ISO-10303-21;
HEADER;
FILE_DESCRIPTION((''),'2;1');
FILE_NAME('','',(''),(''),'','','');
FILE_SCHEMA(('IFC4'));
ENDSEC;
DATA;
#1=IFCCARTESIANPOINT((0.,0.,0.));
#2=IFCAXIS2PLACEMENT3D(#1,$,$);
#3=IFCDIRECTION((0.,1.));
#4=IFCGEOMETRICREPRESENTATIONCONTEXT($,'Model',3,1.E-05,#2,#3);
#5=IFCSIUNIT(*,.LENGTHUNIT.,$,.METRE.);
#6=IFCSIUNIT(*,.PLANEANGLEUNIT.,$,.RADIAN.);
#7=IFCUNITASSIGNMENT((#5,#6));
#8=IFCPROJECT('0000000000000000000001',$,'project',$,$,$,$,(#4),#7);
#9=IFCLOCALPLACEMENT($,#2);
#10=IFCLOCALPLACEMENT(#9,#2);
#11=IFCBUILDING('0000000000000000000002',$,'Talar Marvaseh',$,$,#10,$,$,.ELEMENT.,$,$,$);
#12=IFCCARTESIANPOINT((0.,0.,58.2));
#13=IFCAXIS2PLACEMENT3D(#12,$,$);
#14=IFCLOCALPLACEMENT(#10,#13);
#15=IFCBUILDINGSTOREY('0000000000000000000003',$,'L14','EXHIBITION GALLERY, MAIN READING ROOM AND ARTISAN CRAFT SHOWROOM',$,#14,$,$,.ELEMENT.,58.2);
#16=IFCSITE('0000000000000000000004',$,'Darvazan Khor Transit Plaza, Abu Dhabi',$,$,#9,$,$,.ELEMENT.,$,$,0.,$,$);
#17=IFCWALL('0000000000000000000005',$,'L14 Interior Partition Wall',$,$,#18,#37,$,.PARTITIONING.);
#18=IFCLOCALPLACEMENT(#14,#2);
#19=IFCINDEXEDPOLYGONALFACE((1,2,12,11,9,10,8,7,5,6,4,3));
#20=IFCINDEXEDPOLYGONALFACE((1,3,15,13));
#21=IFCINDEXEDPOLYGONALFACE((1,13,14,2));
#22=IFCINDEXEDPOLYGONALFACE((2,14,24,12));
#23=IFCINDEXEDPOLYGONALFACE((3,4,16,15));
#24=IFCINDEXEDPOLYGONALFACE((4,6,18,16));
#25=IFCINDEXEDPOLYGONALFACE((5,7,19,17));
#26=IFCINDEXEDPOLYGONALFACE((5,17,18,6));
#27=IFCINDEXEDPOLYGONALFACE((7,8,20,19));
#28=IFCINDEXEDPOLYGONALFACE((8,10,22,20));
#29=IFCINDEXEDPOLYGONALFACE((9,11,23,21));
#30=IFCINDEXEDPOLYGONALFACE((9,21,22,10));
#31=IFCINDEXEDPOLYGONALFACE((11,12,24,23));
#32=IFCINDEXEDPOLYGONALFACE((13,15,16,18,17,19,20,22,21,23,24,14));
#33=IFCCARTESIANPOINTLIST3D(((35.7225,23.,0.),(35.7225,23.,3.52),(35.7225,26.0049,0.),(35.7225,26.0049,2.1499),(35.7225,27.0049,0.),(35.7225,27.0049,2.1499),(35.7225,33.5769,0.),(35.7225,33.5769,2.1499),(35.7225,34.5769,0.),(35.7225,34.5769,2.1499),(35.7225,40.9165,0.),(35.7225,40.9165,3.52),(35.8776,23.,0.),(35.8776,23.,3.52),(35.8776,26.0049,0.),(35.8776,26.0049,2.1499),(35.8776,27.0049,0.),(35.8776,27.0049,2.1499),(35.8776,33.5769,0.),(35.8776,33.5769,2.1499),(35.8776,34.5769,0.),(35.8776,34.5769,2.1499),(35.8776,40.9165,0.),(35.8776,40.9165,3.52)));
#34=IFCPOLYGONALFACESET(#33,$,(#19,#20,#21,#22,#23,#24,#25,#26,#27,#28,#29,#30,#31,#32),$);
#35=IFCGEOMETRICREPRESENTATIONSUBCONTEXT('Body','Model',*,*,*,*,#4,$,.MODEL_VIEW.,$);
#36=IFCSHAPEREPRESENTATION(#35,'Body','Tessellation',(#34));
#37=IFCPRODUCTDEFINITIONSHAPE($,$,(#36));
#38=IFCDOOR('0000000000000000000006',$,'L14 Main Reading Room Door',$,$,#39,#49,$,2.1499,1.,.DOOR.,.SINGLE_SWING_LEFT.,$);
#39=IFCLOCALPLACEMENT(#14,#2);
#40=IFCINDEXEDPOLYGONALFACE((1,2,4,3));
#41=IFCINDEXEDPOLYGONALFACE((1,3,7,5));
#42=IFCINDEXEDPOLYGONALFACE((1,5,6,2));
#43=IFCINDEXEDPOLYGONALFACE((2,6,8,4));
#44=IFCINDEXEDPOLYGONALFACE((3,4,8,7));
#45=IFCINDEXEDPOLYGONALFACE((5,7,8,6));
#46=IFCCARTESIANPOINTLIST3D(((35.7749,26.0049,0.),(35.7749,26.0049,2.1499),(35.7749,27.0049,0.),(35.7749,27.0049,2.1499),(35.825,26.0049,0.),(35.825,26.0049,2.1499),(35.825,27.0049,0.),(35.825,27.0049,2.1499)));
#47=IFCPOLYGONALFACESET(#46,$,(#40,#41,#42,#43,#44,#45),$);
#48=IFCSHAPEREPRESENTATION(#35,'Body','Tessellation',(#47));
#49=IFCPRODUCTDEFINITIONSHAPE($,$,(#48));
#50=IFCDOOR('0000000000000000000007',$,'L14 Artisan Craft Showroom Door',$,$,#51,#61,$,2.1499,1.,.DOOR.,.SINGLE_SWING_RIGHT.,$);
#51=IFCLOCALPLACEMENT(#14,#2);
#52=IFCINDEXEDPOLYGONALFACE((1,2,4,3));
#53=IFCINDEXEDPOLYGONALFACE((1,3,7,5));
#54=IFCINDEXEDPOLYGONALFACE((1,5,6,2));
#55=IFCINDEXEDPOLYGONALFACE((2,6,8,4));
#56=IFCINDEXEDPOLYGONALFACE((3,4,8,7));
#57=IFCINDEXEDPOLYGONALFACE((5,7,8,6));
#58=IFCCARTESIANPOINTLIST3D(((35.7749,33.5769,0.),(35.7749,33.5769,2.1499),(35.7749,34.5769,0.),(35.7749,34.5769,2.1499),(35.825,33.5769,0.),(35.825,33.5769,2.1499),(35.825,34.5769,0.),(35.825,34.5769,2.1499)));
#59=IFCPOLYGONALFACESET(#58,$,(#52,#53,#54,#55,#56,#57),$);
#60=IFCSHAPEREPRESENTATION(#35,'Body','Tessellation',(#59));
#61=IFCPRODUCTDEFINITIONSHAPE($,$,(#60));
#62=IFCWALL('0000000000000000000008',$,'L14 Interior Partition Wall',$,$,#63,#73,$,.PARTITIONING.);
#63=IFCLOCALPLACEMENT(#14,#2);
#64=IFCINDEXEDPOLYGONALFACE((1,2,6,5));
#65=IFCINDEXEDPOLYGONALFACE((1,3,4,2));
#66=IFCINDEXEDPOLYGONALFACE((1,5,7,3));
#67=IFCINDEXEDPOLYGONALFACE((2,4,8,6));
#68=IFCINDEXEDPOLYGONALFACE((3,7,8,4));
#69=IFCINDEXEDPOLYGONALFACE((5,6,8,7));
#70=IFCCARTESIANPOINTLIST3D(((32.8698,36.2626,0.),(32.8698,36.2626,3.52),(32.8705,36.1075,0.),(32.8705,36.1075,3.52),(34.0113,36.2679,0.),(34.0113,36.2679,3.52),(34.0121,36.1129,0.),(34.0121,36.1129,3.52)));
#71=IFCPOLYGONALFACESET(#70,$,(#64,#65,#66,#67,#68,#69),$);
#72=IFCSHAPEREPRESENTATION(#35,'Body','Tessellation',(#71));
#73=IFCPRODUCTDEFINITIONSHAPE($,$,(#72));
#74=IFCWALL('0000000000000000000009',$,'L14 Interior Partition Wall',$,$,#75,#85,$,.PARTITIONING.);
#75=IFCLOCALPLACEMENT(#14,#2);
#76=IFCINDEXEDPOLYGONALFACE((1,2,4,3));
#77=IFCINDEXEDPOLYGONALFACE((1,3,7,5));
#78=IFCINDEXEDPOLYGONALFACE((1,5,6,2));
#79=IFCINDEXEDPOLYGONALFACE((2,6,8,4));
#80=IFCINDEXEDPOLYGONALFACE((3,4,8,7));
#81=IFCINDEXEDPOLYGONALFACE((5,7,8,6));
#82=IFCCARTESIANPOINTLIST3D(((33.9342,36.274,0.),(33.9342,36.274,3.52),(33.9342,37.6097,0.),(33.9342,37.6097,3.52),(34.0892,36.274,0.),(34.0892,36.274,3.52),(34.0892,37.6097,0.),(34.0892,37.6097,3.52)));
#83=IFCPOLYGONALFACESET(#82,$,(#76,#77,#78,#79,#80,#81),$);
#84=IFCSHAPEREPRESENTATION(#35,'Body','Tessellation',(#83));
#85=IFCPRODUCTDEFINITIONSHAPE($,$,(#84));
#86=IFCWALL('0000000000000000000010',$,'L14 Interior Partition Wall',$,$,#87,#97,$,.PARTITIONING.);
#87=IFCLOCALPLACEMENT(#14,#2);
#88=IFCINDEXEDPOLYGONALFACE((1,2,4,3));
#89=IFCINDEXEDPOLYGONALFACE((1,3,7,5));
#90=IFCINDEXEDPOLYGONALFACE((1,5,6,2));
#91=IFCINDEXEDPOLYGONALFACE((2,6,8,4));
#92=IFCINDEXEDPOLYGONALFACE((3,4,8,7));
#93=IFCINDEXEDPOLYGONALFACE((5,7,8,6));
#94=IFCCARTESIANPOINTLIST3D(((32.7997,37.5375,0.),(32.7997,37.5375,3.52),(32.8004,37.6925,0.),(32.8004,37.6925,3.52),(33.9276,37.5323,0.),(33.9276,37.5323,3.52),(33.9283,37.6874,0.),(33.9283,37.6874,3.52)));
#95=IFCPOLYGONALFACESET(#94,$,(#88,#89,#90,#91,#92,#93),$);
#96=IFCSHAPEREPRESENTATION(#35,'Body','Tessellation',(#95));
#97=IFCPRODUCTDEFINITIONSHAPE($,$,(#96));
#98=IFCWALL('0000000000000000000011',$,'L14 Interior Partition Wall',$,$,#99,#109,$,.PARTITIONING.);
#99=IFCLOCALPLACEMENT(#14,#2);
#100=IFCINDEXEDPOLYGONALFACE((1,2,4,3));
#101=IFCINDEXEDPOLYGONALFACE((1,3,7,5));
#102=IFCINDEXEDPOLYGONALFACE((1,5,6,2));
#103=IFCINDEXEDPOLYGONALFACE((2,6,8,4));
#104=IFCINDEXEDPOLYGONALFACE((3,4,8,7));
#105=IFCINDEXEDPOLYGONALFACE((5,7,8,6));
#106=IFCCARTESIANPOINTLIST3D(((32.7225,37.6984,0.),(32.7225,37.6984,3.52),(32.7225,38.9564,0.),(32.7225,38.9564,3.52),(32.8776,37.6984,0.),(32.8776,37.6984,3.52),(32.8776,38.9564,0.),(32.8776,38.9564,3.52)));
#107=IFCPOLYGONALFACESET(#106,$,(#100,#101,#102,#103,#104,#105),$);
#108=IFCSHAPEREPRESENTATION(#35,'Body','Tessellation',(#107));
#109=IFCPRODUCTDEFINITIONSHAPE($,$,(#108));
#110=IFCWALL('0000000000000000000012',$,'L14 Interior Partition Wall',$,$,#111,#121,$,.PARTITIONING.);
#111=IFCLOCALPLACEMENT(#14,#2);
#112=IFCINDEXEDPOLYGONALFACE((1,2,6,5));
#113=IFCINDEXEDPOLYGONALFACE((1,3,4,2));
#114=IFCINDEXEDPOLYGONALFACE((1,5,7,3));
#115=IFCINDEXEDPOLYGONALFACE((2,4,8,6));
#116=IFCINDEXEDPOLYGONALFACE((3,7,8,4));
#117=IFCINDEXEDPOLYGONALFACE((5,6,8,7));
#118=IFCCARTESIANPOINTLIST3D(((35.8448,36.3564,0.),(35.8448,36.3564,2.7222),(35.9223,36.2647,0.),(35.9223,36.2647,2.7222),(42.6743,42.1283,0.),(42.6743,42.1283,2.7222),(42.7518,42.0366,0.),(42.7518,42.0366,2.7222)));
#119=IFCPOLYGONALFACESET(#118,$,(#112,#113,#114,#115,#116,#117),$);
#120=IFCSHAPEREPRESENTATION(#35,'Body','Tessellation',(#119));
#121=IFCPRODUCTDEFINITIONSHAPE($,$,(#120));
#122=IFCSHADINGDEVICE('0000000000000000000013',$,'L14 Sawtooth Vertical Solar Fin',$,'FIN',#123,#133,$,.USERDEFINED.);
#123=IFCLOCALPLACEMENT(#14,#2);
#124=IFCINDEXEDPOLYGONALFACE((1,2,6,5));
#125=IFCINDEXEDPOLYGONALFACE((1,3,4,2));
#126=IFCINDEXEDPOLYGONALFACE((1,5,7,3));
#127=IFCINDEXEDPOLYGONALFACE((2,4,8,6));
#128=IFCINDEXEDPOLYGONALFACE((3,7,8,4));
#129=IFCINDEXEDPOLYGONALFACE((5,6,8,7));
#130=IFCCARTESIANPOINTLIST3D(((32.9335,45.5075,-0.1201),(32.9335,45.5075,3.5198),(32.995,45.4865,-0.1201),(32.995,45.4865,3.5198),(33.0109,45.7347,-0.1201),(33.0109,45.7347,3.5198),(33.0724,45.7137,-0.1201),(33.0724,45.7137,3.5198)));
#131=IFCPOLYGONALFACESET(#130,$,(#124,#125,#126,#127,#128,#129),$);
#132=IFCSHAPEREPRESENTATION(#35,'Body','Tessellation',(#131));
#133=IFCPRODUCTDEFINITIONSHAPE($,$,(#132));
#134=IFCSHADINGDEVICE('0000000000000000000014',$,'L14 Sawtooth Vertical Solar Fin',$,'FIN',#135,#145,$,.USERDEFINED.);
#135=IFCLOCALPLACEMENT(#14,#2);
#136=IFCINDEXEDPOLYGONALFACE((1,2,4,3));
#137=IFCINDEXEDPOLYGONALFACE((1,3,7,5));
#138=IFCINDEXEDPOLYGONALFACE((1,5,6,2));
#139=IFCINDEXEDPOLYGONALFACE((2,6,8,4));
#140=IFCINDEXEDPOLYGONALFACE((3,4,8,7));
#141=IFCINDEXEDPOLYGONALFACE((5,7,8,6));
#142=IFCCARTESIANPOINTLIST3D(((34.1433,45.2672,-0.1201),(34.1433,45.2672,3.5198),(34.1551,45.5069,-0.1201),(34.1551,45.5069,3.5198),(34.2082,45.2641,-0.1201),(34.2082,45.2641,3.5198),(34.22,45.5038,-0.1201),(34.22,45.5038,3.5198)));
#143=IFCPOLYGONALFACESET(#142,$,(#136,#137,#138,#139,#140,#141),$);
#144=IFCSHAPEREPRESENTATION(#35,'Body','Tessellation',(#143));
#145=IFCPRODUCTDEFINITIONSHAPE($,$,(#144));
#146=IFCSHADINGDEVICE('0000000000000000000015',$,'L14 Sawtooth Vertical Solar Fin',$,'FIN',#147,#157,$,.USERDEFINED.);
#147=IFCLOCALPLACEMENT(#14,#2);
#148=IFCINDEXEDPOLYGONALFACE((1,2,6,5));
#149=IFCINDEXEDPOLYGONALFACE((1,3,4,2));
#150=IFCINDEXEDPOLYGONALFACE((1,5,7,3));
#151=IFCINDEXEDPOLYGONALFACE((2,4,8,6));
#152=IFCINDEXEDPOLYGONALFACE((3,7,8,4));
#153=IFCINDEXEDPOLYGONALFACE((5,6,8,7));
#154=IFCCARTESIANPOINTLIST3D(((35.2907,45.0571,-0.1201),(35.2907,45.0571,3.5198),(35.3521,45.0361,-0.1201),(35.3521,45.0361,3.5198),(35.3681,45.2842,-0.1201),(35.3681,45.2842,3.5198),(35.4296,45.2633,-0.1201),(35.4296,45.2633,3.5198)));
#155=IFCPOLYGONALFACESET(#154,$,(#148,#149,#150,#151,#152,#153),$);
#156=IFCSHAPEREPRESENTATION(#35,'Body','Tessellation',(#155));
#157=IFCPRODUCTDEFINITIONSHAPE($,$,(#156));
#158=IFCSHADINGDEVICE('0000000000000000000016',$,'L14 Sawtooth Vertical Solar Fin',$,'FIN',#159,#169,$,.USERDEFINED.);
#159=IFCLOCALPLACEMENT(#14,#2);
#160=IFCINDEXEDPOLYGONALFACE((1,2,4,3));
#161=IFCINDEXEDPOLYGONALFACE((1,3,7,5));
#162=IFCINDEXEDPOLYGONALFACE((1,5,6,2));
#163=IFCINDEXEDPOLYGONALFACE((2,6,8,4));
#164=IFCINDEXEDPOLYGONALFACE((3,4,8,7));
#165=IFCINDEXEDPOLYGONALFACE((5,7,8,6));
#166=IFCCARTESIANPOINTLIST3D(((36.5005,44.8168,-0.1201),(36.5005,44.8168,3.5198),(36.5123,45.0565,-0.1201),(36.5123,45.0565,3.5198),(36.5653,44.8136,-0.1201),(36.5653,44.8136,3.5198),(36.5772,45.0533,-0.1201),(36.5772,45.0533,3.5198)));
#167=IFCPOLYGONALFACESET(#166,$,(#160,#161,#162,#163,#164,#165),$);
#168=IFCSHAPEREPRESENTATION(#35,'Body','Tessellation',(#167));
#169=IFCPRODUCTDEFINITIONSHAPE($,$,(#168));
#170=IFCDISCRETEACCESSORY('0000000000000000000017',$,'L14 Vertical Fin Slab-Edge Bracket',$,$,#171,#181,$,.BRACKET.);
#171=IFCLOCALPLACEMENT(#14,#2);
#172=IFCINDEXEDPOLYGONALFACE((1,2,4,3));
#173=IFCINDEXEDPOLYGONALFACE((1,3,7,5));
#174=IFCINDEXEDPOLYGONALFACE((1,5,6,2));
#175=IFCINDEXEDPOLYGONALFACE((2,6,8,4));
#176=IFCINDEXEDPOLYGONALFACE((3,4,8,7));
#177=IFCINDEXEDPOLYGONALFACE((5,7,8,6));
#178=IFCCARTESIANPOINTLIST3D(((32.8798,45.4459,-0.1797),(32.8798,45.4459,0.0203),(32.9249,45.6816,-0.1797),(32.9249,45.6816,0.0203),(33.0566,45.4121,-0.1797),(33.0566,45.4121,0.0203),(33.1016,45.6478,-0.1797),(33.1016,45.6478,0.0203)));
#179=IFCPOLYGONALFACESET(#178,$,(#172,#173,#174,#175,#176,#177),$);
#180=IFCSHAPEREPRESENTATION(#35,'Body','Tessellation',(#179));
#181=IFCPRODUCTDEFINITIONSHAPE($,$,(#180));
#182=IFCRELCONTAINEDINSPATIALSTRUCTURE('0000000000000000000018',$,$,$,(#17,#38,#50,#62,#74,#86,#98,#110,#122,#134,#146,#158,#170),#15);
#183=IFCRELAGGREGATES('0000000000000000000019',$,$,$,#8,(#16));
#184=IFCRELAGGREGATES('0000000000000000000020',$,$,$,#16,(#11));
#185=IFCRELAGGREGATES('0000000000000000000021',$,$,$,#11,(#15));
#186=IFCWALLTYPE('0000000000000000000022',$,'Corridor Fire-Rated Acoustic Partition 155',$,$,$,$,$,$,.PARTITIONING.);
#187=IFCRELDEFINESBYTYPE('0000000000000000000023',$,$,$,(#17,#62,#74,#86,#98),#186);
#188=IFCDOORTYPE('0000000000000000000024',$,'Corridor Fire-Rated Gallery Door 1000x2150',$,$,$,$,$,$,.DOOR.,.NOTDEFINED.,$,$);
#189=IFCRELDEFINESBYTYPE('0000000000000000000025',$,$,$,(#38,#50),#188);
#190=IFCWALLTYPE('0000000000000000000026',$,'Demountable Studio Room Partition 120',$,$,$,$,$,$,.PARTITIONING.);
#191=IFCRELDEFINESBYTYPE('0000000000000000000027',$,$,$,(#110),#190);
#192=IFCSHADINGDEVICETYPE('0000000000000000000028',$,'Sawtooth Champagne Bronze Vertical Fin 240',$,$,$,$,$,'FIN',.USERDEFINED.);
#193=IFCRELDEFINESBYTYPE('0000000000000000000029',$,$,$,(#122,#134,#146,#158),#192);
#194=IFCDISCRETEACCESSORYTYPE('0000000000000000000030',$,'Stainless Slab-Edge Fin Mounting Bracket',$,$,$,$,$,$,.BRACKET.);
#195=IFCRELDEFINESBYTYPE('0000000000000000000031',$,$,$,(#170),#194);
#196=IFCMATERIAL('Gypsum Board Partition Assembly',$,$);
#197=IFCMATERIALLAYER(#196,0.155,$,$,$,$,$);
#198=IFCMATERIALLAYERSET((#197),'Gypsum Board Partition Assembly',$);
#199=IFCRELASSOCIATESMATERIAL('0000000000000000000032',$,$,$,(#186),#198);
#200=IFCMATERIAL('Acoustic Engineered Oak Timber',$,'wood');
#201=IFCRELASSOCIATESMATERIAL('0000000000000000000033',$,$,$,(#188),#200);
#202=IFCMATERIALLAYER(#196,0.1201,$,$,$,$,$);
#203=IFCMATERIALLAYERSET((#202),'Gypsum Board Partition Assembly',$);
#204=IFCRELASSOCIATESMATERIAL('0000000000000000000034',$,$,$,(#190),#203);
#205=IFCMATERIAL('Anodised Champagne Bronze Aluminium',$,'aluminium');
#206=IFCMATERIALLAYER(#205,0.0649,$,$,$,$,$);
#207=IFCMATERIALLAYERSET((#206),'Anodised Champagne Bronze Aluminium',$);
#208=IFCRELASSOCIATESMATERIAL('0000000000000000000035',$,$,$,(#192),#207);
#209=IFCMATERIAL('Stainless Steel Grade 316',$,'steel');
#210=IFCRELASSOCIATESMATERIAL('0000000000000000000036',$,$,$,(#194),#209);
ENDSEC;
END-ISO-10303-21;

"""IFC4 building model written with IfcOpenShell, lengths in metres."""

from ifc_helpers import new_model, si_unit, direction, frame, frame_2d, origin, origin_2d, place, context, subcontext, project, spatial, rectangle, extrude, source, transform, mapped, material, layer, layer_set, type_object, type_shapes, element, fill, save


model = new_model("IFC4")

# Units and contexts
model_context = context("Model", 3, precision=1e-05, world=origin(), true_north=direction((0.0, 1.0)))
body_context = subcontext(model_context, "Body", "Model", "MODEL_VIEW")
ifc_project = project(units=[si_unit("LENGTHUNIT", "METRE"), si_unit("PLANEANGLEUNIT", "RADIAN")], contexts=[model_context])

# Site, building, storey
site_placement = place(None, origin())
site = spatial("IfcSite", under=ifc_project, at=site_placement, Name="Darvazan Khor Transit Plaza, Abu Dhabi", CompositionType="ELEMENT", RefElevation=0.0)
building_placement = place(site_placement, origin())
building = spatial("IfcBuilding", under=site, at=building_placement, Name="Talar Marvaseh", CompositionType="ELEMENT")
storey_placement = place(building_placement, frame((0.0, 0.0, 58.2)))
storey = spatial("IfcBuildingStorey", under=building, at=storey_placement, Name="L14", Description="EXHIBITION GALLERY, MAIN READING ROOM AND ARTISAN CRAFT SHOWROOM", CompositionType="ELEMENT", Elevation=58.2)

# Wall, openings, doors
ifc_material_1 = material(Name="Gypsum Board Partition Assembly")
ifc_layer_1 = layer(ifc_material_1, 0.155)
ifc_layer_set_1 = layer_set([ifc_layer_1], Name="Gypsum Board Partition Assembly")
wall_type_1 = type_object("IfcWallType", Name="Corridor Fire-Rated Acoustic Partition 155", PredefinedType="PARTITIONING", material=ifc_layer_set_1)
ifc_material_2 = material(Name="Acoustic Engineered Oak Timber", Category="wood")
door_type_1 = type_object("IfcDoorType", Name="Corridor Fire-Rated Gallery Door 1000x2150", OperationType="NOTDEFINED", PredefinedType="DOOR", material=ifc_material_2)
shared_shape_1 = source(origin(), body_context, "Body", "SweptSolid", [
    extrude(rectangle(XDim=1.0, YDim=2.1499, at=frame_2d((0.5, 1.075))), frame((0.0, 0.0249, 0.0), z_axis=(0.0, -1.0, 0.0), x_axis=(1.0, 0.0, 0.0)), (0.0, 0.0, 1.0), 0.05),
])
type_shapes(door_type_1, [shared_shape_1])
wall_1_placement = place(storey_placement, frame((35.8, 40.9165, 0.0), z_axis=(0.0, 0.0, 1.0), x_axis=(0.0, -1.0, 0.0)))
wall_1 = element("IfcWall", 1, at=wall_1_placement, inside=storey, type_object=wall_type_1, Name="L14 Interior Partition Wall", PredefinedType="PARTITIONING", context=body_context, shape_type="SweptSolid", body=[
    extrude(rectangle(XDim=17.9165, YDim=0.155, at=frame_2d((8.9583, 0.0))), origin(), (0.0, 0.0, 1.0), 3.52),
])
opening_1_placement = place(wall_1_placement, frame((13.9116, 0.0, 0.0)))
opening_1 = element("IfcOpeningElement", 2, at=opening_1_placement, cuts=wall_1, PredefinedType="OPENING", context=body_context, shape_type="SweptSolid", body=[
    extrude(rectangle(XDim=1.0, YDim=2.1499, at=frame_2d((0.5, 1.075))), frame((0.0, 0.0874, 0.0), z_axis=(0.0, -1.0, 0.0), x_axis=(1.0, 0.0, 0.0)), (0.0, 0.0, 1.0), 0.175),
])
opening_2_placement = place(wall_1_placement, frame((6.3396, 0.0, 0.0)))
opening_2 = element("IfcOpeningElement", 3, at=opening_2_placement, cuts=wall_1, PredefinedType="OPENING", context=body_context, shape_type="SweptSolid", body=[
    extrude(rectangle(XDim=1.0, YDim=2.1499, at=frame_2d((0.5, 1.075))), frame((0.0, 0.0874, 0.0), z_axis=(0.0, -1.0, 0.0), x_axis=(1.0, 0.0, 0.0)), (0.0, 0.0, 1.0), 0.175),
])
door_1_placement = place(opening_1_placement, origin())
door_1 = element("IfcDoor", 4, at=door_1_placement, inside=storey, type_object=door_type_1, Name="L14 Main Reading Room Door", OperationType="SINGLE_SWING_LEFT", OverallHeight=2.1499, OverallWidth=1.0, PredefinedType="DOOR", context=body_context, shape_type="MappedRepresentation", body=[
    mapped(shared_shape_1, transform((0.0, 0.0, 0.0), x_axis=(1.0, 0.0, 0.0), y_axis=(0.0, 1.0, 0.0), z_axis=(0.0, 0.0, 1.0), scale=1.0)),
])
fill(opening_1, door_1)
door_2_placement = place(opening_2_placement, origin())
door_2 = element("IfcDoor", 5, at=door_2_placement, inside=storey, type_object=door_type_1, Name="L14 Artisan Craft Showroom Door", OperationType="SINGLE_SWING_RIGHT", OverallHeight=2.1499, OverallWidth=1.0, PredefinedType="DOOR", context=body_context, shape_type="MappedRepresentation", body=[
    mapped(shared_shape_1, transform((0.0, 0.0, 0.0), x_axis=(1.0, 0.0, 0.0), y_axis=(0.0, 1.0, 0.0), z_axis=(0.0, 0.0, 1.0), scale=1.0)),
])
fill(opening_2, door_2)

# Walls
wall_2_placement = place(storey_placement, frame((32.8701, 36.1851, 0.0), z_axis=(0.0, 0.0, 1.0), x_axis=(0.999989, 0.004705, 0.0)))
element("IfcWall", 6, at=wall_2_placement, inside=storey, type_object=wall_type_1, Name="L14 Interior Partition Wall", PredefinedType="PARTITIONING", context=body_context, shape_type="SweptSolid", body=[
    extrude(rectangle(XDim=1.1416, YDim=0.155, at=frame_2d((0.5708, 0.0))), origin(), (0.0, 0.0, 1.0), 3.52),
])
wall_3_placement = place(storey_placement, frame((34.0117, 36.2739, 0.0), z_axis=(0.0, 0.0, 1.0), x_axis=(0.0, 1.0, 0.0)))
element("IfcWall", 7, at=wall_3_placement, inside=storey, type_object=wall_type_1, Name="L14 Interior Partition Wall", PredefinedType="PARTITIONING", context=body_context, shape_type="SweptSolid", body=[
    extrude(rectangle(XDim=1.3357, YDim=0.155, at=frame_2d((0.668, 0.0))), origin(), (0.0, 0.0, 1.0), 3.52),
])
wall_4_placement = place(storey_placement, frame((33.928, 37.6099, 0.0), z_axis=(0.0, 0.0, 1.0), x_axis=(-0.99999, 0.004545, 0.0)))
element("IfcWall", 8, at=wall_4_placement, inside=storey, type_object=wall_type_1, Name="L14 Interior Partition Wall", PredefinedType="PARTITIONING", context=body_context, shape_type="SweptSolid", body=[
    extrude(rectangle(XDim=1.1279, YDim=0.155, at=frame_2d((0.564, 0.0))), origin(), (0.0, 0.0, 1.0), 3.52),
])
wall_5_placement = place(storey_placement, frame((32.8, 37.6985, 0.0), z_axis=(0.0, 0.0, 1.0), x_axis=(0.0, 1.0, 0.0)))
element("IfcWall", 9, at=wall_5_placement, inside=storey, type_object=wall_type_1, Name="L14 Interior Partition Wall", PredefinedType="PARTITIONING", context=body_context, shape_type="SweptSolid", body=[
    extrude(rectangle(XDim=1.2581, YDim=0.155, at=frame_2d((0.6289, 0.0))), origin(), (0.0, 0.0, 1.0), 3.52),
])
ifc_layer_2 = layer(ifc_material_1, 0.1201)
ifc_layer_set_2 = layer_set([ifc_layer_2], Name="Gypsum Board Partition Assembly")
wall_type_2 = type_object("IfcWallType", Name="Demountable Studio Room Partition 120", PredefinedType="PARTITIONING", material=ifc_layer_set_2)
wall_6_placement = place(storey_placement, frame((35.8835, 36.3105, 0.0), z_axis=(0.0, 0.0, 1.0), x_axis=(0.763767, 0.645492, 0.0)))
element("IfcWall", 10, at=wall_6_placement, inside=storey, type_object=wall_type_2, Name="L14 Interior Partition Wall", PredefinedType="PARTITIONING", context=body_context, shape_type="SweptSolid", body=[
    extrude(rectangle(XDim=8.9419, YDim=0.1201, at=frame_2d((4.4709, 0.0))), origin(), (0.0, 0.0, 1.0), 2.7222),
])

# Shading devices
ifc_material_3 = material(Name="Anodised Champagne Bronze Aluminium", Category="aluminium")
ifc_layer_3 = layer(ifc_material_3, 0.0649)
ifc_layer_set_3 = layer_set([ifc_layer_3], Name="Anodised Champagne Bronze Aluminium")
shading_device_type = type_object("IfcShadingDeviceType", Name="Sawtooth Champagne Bronze Vertical Fin 240", ElementType="FIN", PredefinedType="USERDEFINED", material=ifc_layer_set_3)
shared_shape_2 = source(origin(), body_context, "Body", "SweptSolid", [
    extrude(rectangle(XDim=0.24, YDim=0.0649, at=origin_2d()), origin(), (0.0, 0.0, 1.0), 3.6399),
])
type_shapes(shading_device_type, [shared_shape_2])
for number, where, z_axis, x_axis, name in (
    (11, (33.0029, 45.6106, -0.1201), (0.0, 0.0, 1.0), (0.322596, 0.946537, 0.0), "L14 Sawtooth Vertical Solar Fin"),
    (12, (34.1816, 45.3855, -0.1201), (0.0, 0.0, 1.0), (0.049198, 0.998789, 0.0), "L14 Sawtooth Vertical Solar Fin"),
    (13, (35.3601, 45.1602, -0.1201), (0.0, 0.0, 1.0), (0.322596, 0.946537, 0.0), "L14 Sawtooth Vertical Solar Fin"),
    (14, (36.5388, 44.9351, -0.1201), (0.0, 0.0, 1.0), (0.049198, 0.998789, 0.0), "L14 Sawtooth Vertical Solar Fin"),
):
    element("IfcShadingDevice", number, at=place(storey_placement, frame(where, z_axis=z_axis, x_axis=x_axis)), inside=storey, type_object=shading_device_type, Name=name, ObjectType="FIN", PredefinedType="USERDEFINED", context=body_context, shape_type="MappedRepresentation", body=[
        mapped(shared_shape_2, transform((0.0, 0.0, 0.0), x_axis=(1.0, 0.0, 0.0), y_axis=(0.0, 1.0, 0.0), z_axis=(0.0, 0.0, 1.0), scale=1.0)),
    ])

# Discrete accessory
ifc_material_4 = material(Name="Stainless Steel Grade 316", Category="steel")
discrete_accessory_type = type_object("IfcDiscreteAccessoryType", Name="Stainless Slab-Edge Fin Mounting Bracket", PredefinedType="BRACKET", material=ifc_material_4)
shared_shape_3 = source(origin(), body_context, "Body", "SweptSolid", [
    extrude(rectangle(XDim=0.24, YDim=0.1799, at=origin_2d()), origin(), (0.0, 0.0, 1.0), 0.2),
])
type_shapes(discrete_accessory_type, [shared_shape_3])
for number, where, z_axis, x_axis, name in (
    (15, (32.9907, 45.5469, -0.1797), (0.0, 0.0, 1.0), (0.187724, 0.982222, 0.0), "L14 Vertical Fin Slab-Edge Bracket"),
):
    element("IfcDiscreteAccessory", number, at=place(storey_placement, frame(where, z_axis=z_axis, x_axis=x_axis)), inside=storey, type_object=discrete_accessory_type, Name=name, PredefinedType="BRACKET", context=body_context, shape_type="MappedRepresentation", body=[
        mapped(shared_shape_3, transform((0.0, 0.0, 0.0), x_axis=(1.0, 0.0, 0.0), y_axis=(0.0, 1.0, 0.0), z_axis=(0.0, 0.0, 1.0), scale=1.0)),
    ])

save(model, "model.ifc")
